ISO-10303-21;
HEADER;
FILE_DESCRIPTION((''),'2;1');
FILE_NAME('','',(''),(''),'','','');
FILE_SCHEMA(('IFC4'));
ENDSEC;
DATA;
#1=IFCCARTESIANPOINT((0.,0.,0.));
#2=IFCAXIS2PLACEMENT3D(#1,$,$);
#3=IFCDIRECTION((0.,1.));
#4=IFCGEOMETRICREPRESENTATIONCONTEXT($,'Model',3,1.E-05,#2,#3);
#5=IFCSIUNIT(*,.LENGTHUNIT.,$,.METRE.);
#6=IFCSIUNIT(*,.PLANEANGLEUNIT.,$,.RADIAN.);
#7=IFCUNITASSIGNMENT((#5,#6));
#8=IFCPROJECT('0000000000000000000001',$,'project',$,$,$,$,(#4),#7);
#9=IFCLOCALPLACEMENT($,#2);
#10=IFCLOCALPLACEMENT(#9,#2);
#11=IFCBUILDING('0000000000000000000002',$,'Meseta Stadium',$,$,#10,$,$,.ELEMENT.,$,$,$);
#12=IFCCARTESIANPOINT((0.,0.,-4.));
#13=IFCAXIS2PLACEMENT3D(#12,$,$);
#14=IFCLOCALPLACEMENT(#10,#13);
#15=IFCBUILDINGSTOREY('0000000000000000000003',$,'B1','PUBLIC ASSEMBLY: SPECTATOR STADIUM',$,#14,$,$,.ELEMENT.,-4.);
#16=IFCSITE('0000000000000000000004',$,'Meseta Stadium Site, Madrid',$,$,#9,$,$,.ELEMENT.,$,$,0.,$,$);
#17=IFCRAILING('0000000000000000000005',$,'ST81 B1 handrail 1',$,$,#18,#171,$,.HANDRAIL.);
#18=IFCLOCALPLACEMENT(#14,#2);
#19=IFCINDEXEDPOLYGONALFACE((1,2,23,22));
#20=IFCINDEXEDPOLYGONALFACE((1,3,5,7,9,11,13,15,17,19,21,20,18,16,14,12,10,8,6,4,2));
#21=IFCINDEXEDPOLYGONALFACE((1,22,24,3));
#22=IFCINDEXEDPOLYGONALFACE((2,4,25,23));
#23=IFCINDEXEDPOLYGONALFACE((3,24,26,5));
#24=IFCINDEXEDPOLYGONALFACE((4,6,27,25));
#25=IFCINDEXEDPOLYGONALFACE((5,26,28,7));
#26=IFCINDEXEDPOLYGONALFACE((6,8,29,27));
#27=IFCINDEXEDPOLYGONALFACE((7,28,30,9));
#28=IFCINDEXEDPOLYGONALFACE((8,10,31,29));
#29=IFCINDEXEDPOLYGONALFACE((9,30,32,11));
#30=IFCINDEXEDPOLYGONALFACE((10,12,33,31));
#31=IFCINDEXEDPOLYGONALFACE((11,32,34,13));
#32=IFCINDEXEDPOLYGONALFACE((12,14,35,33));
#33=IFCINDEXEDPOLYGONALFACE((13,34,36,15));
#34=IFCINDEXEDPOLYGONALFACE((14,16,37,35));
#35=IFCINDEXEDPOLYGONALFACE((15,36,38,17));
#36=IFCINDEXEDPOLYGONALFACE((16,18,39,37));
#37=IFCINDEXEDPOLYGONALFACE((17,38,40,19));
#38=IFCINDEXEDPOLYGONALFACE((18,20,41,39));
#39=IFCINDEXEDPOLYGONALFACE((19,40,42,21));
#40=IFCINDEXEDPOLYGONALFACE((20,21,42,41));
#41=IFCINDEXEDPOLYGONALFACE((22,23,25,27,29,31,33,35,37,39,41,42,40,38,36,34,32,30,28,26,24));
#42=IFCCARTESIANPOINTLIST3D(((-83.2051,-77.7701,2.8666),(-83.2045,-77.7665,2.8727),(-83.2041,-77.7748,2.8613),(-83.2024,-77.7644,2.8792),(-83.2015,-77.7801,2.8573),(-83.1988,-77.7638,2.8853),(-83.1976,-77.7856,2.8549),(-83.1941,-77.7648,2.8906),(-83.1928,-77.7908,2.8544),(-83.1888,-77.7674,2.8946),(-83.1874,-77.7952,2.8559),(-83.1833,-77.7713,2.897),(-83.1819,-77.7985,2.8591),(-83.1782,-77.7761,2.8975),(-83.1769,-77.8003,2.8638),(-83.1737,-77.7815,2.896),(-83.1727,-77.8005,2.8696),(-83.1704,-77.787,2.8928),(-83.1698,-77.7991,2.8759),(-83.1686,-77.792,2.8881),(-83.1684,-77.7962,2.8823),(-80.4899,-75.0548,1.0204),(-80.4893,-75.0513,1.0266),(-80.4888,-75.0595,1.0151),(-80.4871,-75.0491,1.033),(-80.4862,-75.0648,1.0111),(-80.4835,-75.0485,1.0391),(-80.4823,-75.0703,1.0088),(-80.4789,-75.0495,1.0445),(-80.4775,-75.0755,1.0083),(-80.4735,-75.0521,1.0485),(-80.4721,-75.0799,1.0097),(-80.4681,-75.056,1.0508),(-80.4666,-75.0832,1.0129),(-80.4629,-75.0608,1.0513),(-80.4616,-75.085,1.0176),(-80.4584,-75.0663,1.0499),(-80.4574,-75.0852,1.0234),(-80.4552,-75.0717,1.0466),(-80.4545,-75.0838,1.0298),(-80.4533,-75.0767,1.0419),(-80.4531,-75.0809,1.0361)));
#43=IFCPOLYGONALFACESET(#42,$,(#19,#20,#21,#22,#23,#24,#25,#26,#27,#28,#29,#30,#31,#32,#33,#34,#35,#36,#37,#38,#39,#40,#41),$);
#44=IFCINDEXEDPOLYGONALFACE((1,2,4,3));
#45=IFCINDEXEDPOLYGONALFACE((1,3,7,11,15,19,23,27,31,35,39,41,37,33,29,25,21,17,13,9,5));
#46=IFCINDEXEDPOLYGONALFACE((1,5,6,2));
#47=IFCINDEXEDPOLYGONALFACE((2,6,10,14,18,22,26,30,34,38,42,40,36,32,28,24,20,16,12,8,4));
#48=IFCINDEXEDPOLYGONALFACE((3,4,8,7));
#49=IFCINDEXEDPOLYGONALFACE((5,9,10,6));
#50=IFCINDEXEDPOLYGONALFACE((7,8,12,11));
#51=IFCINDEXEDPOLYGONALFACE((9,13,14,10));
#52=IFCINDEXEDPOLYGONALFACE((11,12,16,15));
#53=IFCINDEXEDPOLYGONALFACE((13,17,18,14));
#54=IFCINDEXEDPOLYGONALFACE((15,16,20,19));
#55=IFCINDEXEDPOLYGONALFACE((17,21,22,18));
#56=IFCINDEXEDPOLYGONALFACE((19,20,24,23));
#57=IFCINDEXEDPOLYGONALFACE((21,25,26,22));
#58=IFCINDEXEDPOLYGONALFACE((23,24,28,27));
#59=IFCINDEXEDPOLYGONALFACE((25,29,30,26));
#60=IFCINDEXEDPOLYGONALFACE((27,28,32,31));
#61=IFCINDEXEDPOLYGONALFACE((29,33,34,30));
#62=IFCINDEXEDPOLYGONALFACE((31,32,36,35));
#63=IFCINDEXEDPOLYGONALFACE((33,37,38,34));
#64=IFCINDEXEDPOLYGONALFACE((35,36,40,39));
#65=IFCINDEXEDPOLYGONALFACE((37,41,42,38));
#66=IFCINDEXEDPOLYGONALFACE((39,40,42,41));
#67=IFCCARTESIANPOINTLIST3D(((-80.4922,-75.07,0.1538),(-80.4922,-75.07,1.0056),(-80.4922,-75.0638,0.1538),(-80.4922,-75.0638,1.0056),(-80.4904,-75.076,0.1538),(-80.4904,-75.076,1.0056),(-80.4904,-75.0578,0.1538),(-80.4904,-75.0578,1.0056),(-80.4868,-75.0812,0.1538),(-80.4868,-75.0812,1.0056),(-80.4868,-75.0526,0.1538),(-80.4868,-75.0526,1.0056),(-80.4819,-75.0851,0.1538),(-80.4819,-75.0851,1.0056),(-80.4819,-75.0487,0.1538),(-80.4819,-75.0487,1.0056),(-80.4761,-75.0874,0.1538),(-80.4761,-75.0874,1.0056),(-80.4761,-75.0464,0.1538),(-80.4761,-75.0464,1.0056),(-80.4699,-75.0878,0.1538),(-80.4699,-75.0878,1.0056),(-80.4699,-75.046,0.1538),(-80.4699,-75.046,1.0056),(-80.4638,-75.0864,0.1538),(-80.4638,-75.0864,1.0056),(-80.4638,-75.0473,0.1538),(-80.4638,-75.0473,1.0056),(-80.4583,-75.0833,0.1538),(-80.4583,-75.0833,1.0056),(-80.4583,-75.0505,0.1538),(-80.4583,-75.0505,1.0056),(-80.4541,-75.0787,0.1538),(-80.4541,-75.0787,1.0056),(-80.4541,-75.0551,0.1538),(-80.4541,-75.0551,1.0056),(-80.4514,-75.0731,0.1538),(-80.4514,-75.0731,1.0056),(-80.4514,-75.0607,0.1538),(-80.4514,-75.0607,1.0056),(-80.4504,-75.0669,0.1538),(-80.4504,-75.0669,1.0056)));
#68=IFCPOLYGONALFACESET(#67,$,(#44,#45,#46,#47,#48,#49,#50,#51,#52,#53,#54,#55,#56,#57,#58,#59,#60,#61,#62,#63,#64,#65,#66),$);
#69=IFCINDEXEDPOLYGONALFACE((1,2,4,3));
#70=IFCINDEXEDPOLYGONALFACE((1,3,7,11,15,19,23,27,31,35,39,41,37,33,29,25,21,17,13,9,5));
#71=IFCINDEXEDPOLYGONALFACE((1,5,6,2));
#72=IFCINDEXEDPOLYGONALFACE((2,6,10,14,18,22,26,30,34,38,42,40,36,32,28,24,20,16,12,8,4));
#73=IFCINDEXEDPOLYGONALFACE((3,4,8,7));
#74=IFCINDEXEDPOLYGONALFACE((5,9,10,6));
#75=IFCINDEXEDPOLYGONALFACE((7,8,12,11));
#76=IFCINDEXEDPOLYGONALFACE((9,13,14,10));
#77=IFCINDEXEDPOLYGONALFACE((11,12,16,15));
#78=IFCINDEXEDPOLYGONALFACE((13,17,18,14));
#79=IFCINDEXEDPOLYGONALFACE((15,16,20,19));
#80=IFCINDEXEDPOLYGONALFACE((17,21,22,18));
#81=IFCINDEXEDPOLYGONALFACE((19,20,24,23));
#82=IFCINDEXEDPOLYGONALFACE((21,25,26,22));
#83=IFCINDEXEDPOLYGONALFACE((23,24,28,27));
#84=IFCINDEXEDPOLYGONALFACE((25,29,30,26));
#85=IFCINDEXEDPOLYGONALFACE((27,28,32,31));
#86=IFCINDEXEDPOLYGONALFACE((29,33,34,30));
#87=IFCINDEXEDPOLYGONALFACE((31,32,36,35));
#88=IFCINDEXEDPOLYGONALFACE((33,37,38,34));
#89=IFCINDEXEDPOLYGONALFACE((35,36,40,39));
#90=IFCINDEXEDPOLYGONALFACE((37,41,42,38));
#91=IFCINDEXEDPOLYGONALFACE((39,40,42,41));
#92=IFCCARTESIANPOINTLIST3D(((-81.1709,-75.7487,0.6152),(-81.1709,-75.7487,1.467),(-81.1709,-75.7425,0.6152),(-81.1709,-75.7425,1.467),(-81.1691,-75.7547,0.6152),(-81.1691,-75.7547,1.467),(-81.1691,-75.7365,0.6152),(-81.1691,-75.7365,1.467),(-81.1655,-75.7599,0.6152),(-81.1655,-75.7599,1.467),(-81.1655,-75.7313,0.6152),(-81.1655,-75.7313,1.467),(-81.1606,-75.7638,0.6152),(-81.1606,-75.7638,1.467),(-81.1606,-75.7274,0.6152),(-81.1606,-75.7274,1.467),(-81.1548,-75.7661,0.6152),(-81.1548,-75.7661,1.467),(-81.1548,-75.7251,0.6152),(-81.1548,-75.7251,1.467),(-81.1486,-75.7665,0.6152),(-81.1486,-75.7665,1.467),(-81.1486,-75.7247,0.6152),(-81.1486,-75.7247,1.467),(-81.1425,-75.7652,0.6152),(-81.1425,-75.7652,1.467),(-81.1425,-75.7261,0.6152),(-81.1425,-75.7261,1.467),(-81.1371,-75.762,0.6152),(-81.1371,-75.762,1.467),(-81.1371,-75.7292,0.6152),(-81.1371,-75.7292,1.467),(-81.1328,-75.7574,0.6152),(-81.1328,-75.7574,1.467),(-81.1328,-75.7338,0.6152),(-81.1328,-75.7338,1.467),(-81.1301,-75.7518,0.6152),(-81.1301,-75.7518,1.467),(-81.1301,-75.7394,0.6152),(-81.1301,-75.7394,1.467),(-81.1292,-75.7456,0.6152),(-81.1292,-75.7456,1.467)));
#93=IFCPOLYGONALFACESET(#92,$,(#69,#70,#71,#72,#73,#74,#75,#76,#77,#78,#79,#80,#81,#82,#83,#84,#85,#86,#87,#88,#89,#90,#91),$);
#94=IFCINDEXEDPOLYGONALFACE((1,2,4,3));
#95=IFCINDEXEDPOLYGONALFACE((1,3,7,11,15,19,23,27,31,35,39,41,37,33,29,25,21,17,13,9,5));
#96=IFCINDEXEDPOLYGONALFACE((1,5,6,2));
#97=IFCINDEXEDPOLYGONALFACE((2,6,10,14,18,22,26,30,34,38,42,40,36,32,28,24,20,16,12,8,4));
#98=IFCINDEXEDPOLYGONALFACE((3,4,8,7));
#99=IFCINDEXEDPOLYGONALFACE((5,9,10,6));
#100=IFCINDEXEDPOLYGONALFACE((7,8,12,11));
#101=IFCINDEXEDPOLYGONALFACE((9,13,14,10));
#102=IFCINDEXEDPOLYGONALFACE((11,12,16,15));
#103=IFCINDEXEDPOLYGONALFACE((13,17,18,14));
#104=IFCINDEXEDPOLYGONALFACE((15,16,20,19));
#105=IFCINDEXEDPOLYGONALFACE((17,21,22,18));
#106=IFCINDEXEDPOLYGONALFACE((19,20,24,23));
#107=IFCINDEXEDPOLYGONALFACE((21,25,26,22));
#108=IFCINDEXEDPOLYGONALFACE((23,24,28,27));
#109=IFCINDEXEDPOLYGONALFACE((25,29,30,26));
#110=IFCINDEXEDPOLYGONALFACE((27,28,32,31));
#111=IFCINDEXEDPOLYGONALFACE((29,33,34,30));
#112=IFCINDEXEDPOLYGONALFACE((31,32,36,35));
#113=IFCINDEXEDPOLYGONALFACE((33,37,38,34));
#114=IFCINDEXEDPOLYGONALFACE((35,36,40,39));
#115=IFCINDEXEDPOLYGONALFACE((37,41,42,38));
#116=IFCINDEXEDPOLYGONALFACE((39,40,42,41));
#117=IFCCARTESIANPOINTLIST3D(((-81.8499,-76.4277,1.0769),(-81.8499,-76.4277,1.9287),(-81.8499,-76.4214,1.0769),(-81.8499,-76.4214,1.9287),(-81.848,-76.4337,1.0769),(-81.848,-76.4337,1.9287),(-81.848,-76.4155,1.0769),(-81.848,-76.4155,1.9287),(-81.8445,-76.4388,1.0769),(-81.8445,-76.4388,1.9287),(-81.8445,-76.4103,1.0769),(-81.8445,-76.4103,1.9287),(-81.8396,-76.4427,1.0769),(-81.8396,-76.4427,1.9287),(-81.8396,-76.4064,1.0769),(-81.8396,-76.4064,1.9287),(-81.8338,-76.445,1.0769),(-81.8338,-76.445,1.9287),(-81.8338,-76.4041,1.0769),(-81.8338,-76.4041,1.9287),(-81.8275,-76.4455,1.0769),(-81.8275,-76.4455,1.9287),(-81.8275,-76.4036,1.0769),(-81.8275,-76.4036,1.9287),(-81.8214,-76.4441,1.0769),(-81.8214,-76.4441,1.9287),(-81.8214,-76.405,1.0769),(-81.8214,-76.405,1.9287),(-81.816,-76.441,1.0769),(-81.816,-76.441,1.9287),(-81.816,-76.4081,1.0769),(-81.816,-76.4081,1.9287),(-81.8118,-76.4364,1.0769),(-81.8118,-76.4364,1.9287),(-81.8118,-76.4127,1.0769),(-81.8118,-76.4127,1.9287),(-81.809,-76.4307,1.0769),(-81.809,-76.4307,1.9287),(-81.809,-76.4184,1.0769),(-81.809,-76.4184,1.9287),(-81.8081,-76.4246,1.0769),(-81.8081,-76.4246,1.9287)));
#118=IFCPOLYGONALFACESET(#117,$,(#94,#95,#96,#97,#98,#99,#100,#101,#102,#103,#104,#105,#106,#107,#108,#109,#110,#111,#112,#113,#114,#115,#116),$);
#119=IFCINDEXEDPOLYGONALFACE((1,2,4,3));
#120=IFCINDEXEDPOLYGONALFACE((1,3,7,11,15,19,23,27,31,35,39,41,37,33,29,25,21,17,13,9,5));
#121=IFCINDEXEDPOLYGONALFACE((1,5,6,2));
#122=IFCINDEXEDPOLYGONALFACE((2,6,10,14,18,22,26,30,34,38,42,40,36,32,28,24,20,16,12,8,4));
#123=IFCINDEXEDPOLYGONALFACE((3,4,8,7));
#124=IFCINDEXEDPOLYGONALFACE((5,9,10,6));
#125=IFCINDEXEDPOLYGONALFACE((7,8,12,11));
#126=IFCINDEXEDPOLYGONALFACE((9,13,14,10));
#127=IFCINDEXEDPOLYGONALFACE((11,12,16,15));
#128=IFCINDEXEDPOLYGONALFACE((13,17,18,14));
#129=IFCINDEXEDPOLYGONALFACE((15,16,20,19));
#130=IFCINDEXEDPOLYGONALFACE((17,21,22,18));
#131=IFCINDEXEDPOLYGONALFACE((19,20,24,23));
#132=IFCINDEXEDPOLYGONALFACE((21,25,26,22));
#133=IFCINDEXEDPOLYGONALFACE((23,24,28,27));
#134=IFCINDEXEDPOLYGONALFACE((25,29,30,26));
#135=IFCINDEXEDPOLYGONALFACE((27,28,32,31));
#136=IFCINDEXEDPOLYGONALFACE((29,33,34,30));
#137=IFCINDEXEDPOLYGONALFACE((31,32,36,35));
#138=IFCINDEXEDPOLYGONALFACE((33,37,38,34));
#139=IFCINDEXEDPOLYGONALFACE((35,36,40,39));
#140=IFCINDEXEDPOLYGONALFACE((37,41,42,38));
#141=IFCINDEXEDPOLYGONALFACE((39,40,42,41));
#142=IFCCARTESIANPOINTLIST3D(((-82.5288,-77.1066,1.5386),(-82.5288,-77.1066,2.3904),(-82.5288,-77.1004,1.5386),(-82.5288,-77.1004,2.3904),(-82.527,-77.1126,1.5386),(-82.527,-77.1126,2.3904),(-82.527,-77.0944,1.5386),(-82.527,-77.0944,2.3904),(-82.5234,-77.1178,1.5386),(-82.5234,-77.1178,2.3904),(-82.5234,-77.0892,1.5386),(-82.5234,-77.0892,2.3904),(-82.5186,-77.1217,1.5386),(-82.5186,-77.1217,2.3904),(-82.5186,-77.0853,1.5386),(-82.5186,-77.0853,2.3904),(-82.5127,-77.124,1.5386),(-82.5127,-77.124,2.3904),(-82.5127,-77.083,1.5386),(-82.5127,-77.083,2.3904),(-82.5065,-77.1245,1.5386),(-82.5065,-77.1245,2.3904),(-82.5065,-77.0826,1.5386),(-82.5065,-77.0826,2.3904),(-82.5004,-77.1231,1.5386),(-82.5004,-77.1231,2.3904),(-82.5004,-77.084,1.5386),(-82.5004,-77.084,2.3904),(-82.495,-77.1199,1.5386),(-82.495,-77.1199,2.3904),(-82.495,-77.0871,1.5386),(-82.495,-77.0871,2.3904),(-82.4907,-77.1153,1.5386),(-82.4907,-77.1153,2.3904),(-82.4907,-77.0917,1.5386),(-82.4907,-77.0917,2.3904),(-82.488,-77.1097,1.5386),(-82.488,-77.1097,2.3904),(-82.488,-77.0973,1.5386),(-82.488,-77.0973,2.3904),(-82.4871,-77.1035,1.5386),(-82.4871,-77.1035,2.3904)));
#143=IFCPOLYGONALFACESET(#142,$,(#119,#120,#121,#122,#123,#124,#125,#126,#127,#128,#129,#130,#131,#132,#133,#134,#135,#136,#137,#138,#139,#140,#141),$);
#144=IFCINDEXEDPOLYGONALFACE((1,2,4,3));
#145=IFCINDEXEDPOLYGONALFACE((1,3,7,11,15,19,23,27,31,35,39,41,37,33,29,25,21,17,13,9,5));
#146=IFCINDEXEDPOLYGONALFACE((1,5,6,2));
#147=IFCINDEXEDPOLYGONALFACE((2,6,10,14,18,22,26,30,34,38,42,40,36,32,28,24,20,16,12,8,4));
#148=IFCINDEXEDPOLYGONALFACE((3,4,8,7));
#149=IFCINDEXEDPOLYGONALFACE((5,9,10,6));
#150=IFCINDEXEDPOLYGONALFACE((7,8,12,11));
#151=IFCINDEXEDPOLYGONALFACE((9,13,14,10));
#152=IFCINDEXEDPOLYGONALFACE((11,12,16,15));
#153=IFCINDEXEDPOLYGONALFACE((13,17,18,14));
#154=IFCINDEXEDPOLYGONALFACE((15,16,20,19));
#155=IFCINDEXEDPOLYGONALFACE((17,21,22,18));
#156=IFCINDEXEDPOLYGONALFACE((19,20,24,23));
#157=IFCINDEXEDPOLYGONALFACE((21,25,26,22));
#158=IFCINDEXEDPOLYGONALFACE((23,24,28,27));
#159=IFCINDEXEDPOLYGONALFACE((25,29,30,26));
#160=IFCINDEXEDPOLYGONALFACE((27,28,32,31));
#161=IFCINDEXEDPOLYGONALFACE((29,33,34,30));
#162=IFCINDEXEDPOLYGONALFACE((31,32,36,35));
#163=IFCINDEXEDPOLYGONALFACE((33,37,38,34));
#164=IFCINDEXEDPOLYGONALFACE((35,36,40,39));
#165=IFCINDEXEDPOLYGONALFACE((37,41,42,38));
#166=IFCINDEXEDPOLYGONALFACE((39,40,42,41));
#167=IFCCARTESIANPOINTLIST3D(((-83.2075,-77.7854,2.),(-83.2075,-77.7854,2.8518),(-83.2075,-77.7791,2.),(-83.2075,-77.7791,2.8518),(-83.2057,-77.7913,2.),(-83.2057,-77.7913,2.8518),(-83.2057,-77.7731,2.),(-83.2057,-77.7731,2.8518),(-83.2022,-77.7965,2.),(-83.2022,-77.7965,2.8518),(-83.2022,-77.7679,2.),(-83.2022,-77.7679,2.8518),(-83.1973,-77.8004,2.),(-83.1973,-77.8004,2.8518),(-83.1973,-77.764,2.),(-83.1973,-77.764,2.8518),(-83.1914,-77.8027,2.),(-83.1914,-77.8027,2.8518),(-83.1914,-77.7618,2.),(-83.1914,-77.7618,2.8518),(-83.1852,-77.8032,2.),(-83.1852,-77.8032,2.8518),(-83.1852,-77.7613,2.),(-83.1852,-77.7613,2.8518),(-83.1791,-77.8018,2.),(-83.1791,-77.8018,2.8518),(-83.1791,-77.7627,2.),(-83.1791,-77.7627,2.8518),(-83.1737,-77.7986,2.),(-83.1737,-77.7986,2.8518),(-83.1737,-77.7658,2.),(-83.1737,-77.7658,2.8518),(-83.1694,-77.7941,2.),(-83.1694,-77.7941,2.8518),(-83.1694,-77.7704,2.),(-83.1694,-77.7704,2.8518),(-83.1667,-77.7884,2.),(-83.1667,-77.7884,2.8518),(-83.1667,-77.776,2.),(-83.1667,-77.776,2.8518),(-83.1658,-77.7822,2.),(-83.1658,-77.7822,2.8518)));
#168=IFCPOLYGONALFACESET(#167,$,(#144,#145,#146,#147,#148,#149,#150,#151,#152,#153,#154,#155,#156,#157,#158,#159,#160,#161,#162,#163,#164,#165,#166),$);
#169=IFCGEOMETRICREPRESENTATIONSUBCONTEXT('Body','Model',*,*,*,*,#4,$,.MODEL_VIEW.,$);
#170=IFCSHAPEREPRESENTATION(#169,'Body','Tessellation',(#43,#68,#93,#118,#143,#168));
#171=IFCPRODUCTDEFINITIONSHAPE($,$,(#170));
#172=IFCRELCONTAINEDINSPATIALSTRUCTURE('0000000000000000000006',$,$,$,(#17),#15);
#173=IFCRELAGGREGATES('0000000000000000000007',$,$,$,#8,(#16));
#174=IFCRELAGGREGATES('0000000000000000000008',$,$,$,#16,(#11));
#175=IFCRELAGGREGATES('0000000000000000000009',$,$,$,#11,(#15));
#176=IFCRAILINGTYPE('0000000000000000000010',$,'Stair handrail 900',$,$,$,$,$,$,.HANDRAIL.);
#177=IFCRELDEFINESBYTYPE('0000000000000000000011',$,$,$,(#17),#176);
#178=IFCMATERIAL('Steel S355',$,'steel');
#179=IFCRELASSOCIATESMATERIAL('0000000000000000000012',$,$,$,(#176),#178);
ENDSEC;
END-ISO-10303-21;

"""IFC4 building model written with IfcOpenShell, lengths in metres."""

from ifc_helpers import new_model, si_unit, direction, frame, origin, origin_2d, place, context, subcontext, project, spatial, circle, extrude, material, type_object, element, save


model = new_model("IFC4")

# Units and contexts
model_context = context("Model", 3, precision=1e-05, world=origin(), true_north=direction((0.0, 1.0)))
body_context = subcontext(model_context, "Body", "Model", "MODEL_VIEW")
ifc_project = project(units=[si_unit("LENGTHUNIT", "METRE"), si_unit("PLANEANGLEUNIT", "RADIAN")], contexts=[model_context])

# Site, building, storey
site_placement = place(None, origin())
site = spatial("IfcSite", under=ifc_project, at=site_placement, Name="Meseta Stadium Site, Madrid", CompositionType="ELEMENT", RefElevation=0.0)
building_placement = place(site_placement, origin())
building = spatial("IfcBuilding", under=site, at=building_placement, Name="Meseta Stadium", CompositionType="ELEMENT")
storey_placement = place(building_placement, frame((0.0, 0.0, -4.0)))
storey = spatial("IfcBuildingStorey", under=building, at=storey_placement, Name="B1", Description="PUBLIC ASSEMBLY: SPECTATOR STADIUM", CompositionType="ELEMENT", Elevation=-4.0)

# Railing
ifc_material_1 = material(Name="Steel S355", Category="steel")
railing_type_1 = type_object("IfcRailingType", Name="Stair handrail 900", PredefinedType="HANDRAIL", material=ifc_material_1)
railing_1_placement = place(storey_placement, frame((-80.4714, -75.0669, 0.1538)))
element("IfcRailing", 1, at=railing_1_placement, inside=storey, type_object=railing_type_1, Name="ST81 B1 handrail 1", PredefinedType="HANDRAIL", context=body_context, shape_type="SweptSolid", body=[
    extrude(circle(Radius=0.0239, at=origin_2d()), frame((0.0, 0.0, 0.876), z_axis=(-0.637281, -0.637281, 0.433296), x_axis=(0.707107, -0.707107, 0.0)), (0.0, 0.0, 1.0), 4.2607),
    extrude(circle(Radius=0.021, at=origin_2d()), origin(), (0.0, 0.0, 1.0), 0.8518),
    extrude(circle(Radius=0.021, at=origin_2d()), frame((-0.6787, -0.6787, 0.4614)), (0.0, 0.0, 1.0), 0.8518),
    extrude(circle(Radius=0.021, at=origin_2d()), frame((-1.3577, -1.3577, 0.9231)), (0.0, 0.0, 1.0), 0.8518),
    extrude(circle(Radius=0.021, at=origin_2d()), frame((-2.0366, -2.0366, 1.3848)), (0.0, 0.0, 1.0), 0.8518),
    extrude(circle(Radius=0.021, at=origin_2d()), frame((-2.7153, -2.7153, 1.8462)), (0.0, 0.0, 1.0), 0.8518),
])

save(model, "model.ifc")
